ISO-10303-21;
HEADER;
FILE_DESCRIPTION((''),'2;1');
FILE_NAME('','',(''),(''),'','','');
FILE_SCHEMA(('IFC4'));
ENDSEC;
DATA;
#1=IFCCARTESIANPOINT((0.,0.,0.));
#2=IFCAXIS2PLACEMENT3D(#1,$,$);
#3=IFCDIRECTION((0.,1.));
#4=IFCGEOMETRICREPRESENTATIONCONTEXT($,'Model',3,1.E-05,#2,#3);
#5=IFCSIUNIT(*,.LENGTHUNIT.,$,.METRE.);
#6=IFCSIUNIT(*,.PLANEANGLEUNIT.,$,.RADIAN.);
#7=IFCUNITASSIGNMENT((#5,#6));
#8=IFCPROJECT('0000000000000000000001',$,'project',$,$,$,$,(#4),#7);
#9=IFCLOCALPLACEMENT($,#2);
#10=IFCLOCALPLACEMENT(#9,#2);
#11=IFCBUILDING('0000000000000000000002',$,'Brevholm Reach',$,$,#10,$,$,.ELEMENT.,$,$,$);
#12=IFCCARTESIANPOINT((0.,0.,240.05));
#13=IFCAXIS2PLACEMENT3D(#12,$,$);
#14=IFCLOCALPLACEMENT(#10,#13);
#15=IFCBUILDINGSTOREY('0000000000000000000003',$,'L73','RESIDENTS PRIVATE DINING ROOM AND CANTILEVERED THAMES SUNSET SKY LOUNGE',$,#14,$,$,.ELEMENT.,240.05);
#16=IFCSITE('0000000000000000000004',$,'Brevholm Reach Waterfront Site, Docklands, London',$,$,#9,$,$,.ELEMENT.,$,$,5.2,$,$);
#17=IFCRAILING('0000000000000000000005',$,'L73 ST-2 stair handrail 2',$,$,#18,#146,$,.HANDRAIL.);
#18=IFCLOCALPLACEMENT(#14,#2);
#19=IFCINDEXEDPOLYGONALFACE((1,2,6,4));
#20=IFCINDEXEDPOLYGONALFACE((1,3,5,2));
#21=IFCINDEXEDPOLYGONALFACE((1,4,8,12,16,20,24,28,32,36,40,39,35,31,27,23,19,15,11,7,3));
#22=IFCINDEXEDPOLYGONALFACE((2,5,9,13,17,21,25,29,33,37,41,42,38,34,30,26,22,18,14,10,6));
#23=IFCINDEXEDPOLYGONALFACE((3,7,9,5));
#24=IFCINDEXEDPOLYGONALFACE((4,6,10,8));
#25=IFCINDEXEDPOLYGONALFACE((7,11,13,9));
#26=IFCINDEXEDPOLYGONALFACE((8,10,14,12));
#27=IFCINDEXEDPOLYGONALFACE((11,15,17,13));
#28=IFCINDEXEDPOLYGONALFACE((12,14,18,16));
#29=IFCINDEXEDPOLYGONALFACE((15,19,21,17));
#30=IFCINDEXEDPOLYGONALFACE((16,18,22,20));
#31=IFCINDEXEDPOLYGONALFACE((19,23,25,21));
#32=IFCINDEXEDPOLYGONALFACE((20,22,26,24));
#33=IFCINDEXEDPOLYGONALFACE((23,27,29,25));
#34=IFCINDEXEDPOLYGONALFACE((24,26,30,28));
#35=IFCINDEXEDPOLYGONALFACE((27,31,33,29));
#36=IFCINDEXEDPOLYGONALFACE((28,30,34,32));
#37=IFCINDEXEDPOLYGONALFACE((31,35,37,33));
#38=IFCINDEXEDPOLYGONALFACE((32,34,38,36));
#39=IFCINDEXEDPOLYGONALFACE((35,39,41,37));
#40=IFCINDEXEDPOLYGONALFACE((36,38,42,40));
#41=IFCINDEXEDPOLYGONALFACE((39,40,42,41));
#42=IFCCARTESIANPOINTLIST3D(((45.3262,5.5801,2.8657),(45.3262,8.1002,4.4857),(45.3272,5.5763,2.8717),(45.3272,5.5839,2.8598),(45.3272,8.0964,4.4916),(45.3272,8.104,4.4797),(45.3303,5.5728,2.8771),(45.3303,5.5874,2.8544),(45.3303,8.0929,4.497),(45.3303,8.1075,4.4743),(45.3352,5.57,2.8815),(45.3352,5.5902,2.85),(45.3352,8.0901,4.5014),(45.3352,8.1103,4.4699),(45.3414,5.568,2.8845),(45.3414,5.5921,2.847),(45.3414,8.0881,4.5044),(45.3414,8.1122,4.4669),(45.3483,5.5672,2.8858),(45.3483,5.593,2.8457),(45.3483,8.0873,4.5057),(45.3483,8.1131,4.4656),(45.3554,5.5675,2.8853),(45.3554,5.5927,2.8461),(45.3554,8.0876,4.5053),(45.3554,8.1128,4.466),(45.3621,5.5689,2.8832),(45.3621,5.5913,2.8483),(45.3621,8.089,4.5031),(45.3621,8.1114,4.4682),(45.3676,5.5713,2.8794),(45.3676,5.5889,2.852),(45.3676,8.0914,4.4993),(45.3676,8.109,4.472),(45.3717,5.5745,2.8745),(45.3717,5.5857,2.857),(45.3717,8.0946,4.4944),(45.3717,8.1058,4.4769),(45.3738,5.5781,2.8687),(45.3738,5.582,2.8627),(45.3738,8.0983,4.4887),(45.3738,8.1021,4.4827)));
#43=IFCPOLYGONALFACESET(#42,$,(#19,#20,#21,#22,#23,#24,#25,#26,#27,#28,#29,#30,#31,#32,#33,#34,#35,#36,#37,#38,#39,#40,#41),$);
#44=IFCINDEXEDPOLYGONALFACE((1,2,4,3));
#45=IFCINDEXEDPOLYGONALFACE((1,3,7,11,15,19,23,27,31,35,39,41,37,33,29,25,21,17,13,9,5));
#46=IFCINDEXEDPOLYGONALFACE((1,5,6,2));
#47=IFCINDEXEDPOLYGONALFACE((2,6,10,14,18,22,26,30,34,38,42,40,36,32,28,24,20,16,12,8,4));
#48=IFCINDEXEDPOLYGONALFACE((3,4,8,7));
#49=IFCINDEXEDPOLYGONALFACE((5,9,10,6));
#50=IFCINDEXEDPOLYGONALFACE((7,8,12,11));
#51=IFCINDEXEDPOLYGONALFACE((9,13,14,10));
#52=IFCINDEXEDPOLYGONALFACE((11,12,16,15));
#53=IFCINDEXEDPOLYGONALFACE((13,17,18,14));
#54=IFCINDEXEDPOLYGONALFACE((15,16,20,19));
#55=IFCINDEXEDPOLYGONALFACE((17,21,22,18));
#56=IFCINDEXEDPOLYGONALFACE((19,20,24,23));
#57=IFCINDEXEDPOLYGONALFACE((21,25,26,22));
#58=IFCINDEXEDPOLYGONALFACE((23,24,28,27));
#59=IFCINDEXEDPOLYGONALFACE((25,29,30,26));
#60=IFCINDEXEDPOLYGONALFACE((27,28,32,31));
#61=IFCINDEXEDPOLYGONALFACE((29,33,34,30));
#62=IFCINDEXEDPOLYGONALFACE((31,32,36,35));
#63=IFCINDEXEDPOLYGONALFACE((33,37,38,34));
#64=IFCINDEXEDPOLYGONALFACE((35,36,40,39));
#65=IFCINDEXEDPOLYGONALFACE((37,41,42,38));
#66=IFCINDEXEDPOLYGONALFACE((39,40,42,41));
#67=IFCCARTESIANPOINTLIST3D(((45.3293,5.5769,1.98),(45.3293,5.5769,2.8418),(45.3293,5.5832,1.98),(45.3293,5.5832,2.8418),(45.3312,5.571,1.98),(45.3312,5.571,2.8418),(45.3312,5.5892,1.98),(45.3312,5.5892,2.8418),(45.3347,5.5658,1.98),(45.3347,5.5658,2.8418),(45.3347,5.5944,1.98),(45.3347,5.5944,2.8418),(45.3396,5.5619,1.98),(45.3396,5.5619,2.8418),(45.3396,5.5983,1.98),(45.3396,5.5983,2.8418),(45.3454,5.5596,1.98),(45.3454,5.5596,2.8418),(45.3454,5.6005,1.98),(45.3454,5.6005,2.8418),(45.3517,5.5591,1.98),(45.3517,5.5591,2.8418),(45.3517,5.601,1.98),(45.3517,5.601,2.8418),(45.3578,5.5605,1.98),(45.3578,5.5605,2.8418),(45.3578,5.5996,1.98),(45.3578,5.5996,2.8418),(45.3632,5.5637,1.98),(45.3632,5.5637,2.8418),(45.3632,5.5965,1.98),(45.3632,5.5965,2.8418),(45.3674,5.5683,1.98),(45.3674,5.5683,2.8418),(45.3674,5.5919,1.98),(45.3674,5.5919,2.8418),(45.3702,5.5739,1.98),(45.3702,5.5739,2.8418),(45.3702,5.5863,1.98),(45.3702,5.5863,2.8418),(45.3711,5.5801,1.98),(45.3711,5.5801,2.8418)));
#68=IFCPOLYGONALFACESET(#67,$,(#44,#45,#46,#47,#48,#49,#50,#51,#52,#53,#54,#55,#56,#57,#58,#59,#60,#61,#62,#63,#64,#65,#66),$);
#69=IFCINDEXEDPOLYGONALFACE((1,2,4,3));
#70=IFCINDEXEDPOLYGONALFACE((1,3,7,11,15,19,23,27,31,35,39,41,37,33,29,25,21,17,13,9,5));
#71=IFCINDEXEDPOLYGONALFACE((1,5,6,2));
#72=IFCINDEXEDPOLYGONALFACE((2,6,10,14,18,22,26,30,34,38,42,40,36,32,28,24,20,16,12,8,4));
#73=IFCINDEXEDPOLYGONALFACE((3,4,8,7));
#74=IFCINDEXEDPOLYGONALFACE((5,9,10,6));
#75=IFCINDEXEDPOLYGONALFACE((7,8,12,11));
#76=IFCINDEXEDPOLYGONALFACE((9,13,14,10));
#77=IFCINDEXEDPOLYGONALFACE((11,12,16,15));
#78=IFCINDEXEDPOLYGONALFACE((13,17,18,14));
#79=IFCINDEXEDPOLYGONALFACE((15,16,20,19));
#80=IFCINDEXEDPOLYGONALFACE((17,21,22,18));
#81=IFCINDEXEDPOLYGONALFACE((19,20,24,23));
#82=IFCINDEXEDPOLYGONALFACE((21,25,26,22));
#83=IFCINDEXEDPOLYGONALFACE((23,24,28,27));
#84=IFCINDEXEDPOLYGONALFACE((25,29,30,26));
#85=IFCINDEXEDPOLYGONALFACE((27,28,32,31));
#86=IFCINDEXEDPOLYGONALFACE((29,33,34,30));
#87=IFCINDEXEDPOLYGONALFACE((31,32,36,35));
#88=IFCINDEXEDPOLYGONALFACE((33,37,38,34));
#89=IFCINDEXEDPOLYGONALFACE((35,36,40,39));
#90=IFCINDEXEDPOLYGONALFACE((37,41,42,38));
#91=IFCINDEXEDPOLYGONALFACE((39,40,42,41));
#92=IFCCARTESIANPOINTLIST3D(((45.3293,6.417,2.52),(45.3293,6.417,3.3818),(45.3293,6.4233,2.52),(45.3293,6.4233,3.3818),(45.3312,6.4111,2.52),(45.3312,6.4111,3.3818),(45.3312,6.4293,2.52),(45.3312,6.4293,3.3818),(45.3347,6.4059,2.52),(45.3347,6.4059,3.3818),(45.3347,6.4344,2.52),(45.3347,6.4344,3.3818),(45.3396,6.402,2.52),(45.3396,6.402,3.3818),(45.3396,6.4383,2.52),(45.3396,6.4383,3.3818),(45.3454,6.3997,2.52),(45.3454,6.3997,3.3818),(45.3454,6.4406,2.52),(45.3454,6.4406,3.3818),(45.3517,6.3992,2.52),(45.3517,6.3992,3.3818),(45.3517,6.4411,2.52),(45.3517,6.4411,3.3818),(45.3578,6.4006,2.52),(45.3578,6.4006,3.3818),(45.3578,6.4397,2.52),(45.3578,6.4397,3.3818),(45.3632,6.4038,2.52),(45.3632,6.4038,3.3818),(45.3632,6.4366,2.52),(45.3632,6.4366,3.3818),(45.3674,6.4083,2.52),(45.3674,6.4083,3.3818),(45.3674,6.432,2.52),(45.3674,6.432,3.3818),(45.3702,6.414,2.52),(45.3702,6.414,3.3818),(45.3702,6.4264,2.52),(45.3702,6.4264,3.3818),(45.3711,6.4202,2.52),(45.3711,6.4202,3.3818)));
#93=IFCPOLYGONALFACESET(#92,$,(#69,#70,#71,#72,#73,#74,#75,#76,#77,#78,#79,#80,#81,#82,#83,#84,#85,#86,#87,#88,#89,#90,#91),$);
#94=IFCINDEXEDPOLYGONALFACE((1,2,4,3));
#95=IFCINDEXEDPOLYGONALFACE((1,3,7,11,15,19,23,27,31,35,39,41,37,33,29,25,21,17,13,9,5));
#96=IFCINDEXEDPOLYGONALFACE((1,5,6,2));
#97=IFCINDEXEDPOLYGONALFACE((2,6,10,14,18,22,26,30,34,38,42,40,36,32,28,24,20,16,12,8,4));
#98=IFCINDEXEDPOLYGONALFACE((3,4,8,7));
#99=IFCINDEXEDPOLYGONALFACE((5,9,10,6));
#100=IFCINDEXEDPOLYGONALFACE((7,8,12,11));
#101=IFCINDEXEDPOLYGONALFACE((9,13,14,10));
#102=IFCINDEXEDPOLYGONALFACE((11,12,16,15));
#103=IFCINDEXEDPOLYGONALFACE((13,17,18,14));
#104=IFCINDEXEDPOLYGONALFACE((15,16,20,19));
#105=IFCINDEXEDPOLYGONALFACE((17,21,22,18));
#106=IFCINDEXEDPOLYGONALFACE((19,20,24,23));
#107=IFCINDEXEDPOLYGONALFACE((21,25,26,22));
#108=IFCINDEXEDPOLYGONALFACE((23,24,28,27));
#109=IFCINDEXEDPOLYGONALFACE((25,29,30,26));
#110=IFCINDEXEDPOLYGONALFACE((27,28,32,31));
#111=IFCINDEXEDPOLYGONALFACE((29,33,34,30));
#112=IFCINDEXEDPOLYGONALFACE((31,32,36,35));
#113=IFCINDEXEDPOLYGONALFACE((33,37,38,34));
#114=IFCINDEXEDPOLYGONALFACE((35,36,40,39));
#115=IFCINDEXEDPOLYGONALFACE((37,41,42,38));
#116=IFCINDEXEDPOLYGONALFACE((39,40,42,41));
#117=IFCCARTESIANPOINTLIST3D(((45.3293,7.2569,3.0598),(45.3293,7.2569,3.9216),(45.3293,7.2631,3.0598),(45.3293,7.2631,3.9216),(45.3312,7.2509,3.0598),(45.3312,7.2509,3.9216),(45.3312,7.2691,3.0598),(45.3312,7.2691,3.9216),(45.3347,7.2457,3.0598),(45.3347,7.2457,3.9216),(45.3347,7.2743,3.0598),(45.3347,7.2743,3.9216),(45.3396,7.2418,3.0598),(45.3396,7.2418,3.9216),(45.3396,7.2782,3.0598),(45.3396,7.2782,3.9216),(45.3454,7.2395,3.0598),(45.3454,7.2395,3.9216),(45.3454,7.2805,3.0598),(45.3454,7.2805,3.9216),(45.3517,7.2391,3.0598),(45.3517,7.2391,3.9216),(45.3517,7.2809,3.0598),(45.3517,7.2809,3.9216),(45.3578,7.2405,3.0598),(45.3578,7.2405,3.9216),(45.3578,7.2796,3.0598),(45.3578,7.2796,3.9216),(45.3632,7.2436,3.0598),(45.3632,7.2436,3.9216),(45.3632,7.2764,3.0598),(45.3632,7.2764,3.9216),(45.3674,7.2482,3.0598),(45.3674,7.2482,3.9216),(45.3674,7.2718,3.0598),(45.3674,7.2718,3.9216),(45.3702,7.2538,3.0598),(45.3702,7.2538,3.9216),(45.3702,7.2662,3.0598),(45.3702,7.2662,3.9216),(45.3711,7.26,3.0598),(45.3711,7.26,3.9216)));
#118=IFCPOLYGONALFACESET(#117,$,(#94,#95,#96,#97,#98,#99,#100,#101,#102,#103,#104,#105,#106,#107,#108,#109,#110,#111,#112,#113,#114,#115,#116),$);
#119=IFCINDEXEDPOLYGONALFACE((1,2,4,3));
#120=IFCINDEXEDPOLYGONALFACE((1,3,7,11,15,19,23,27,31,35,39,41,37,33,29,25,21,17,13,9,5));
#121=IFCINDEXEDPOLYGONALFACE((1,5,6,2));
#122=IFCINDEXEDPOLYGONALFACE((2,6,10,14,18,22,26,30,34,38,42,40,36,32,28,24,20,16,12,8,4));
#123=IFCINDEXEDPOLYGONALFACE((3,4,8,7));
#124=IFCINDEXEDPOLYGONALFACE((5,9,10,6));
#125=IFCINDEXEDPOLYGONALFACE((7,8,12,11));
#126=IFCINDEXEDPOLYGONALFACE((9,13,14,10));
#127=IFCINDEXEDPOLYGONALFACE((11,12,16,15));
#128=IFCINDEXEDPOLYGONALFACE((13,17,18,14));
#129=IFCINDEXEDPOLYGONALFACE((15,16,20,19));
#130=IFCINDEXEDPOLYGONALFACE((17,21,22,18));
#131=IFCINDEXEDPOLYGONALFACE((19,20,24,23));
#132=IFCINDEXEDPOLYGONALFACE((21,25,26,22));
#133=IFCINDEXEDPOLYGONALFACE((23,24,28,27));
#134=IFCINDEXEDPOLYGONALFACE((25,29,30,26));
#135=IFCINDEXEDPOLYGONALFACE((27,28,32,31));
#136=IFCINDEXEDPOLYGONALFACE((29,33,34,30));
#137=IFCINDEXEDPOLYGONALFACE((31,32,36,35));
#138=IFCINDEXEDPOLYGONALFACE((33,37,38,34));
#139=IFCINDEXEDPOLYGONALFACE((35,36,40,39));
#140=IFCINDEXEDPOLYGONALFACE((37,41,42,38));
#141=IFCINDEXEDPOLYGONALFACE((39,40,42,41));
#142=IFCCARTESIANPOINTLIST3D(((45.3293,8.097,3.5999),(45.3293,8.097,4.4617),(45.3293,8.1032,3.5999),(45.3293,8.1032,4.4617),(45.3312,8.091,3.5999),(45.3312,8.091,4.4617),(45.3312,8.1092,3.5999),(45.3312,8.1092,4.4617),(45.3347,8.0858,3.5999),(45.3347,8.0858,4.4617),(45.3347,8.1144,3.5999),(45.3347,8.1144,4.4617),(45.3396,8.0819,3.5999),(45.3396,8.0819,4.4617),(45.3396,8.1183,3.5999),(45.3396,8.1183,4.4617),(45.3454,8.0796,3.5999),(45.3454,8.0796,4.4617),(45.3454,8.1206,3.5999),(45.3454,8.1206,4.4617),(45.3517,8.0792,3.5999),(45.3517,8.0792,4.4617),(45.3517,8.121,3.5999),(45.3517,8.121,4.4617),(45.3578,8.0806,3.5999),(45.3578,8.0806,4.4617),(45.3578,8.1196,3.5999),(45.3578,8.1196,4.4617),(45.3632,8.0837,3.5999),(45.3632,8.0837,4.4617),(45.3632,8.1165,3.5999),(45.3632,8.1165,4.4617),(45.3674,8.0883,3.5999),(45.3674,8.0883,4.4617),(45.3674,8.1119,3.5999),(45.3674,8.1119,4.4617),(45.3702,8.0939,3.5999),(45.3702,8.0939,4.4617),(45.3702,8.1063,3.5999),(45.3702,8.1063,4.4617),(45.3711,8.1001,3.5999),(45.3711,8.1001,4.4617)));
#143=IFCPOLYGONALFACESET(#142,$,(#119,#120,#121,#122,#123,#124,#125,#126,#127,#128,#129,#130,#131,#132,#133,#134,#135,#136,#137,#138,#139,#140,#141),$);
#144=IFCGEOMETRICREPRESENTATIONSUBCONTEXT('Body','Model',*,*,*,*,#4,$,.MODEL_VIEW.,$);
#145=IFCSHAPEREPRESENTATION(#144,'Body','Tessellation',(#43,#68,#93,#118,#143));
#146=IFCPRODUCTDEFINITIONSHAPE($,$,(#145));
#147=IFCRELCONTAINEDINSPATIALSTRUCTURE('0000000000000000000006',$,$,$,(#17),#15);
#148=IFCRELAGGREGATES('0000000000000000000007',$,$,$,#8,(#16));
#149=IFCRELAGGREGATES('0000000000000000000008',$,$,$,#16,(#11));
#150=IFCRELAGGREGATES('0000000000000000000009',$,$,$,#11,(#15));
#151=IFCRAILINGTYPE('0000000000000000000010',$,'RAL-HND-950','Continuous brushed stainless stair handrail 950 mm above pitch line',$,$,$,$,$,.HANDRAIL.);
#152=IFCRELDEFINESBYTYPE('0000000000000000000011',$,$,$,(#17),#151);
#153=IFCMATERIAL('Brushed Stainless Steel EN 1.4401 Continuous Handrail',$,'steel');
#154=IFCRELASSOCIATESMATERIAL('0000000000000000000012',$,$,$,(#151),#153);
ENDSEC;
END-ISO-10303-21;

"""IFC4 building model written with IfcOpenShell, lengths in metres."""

from ifc_helpers import new_model, si_unit, direction, frame, origin, origin_2d, place, context, subcontext, project, spatial, circle, extrude, material, type_object, element, save


model = new_model("IFC4")

# Units and contexts
model_context = context("Model", 3, precision=1e-05, world=origin(), true_north=direction((0.0, 1.0)))
body_context = subcontext(model_context, "Body", "Model", "MODEL_VIEW")
ifc_project = project(units=[si_unit("LENGTHUNIT", "METRE"), si_unit("PLANEANGLEUNIT", "RADIAN")], contexts=[model_context])

# Site, building, storey
site_placement = place(None, origin())
site = spatial("IfcSite", under=ifc_project, at=site_placement, Name="Brevholm Reach Waterfront Site, Docklands, London", CompositionType="ELEMENT", RefElevation=5.2)
building_placement = place(site_placement, origin())
building = spatial("IfcBuilding", under=site, at=building_placement, Name="Brevholm Reach", CompositionType="ELEMENT")
storey_placement = place(building_placement, frame((0.0, 0.0, 240.05)))
storey = spatial("IfcBuildingStorey", under=building, at=storey_placement, Name="L73", Description="RESIDENTS PRIVATE DINING ROOM AND CANTILEVERED THAMES SUNSET SKY LOUNGE", CompositionType="ELEMENT", Elevation=240.05)

# Railing
ifc_material_1 = material(Name="Brushed Stainless Steel EN 1.4401 Continuous Handrail", Category="steel")
railing_type_1 = type_object("IfcRailingType", Name="RAL-HND-950", Description="Continuous brushed stainless stair handrail 950 mm above pitch line", PredefinedType="HANDRAIL", material=ifc_material_1)
railing_1_placement = place(storey_placement, frame((45.3501, 5.5801, 1.98)))
element("IfcRailing", 1, at=railing_1_placement, inside=storey, type_object=railing_type_1, Name="L73 ST-2 stair handrail 2", PredefinedType="HANDRAIL", context=body_context, shape_type="SweptSolid", body=[
    extrude(circle(Radius=0.0239, at=origin_2d()), frame((0.0, 0.0, 0.8857), z_axis=(0.0, 0.8412, 0.540725), x_axis=(-1.0, 0.0, 0.0)), (0.0, 0.0, 1.0), 2.9958),
    extrude(circle(Radius=0.021, at=origin_2d()), origin(), (0.0, 0.0, 1.0), 0.8618),
    extrude(circle(Radius=0.021, at=origin_2d()), frame((0.0, 0.8401, 0.54)), (0.0, 0.0, 1.0), 0.8618),
    extrude(circle(Radius=0.021, at=origin_2d()), frame((0.0, 1.6799, 1.0798)), (0.0, 0.0, 1.0), 0.8618),
    extrude(circle(Radius=0.021, at=origin_2d()), frame((0.0, 2.52, 1.6199)), (0.0, 0.0, 1.0), 0.8618),
])

save(model, "model.ifc")
